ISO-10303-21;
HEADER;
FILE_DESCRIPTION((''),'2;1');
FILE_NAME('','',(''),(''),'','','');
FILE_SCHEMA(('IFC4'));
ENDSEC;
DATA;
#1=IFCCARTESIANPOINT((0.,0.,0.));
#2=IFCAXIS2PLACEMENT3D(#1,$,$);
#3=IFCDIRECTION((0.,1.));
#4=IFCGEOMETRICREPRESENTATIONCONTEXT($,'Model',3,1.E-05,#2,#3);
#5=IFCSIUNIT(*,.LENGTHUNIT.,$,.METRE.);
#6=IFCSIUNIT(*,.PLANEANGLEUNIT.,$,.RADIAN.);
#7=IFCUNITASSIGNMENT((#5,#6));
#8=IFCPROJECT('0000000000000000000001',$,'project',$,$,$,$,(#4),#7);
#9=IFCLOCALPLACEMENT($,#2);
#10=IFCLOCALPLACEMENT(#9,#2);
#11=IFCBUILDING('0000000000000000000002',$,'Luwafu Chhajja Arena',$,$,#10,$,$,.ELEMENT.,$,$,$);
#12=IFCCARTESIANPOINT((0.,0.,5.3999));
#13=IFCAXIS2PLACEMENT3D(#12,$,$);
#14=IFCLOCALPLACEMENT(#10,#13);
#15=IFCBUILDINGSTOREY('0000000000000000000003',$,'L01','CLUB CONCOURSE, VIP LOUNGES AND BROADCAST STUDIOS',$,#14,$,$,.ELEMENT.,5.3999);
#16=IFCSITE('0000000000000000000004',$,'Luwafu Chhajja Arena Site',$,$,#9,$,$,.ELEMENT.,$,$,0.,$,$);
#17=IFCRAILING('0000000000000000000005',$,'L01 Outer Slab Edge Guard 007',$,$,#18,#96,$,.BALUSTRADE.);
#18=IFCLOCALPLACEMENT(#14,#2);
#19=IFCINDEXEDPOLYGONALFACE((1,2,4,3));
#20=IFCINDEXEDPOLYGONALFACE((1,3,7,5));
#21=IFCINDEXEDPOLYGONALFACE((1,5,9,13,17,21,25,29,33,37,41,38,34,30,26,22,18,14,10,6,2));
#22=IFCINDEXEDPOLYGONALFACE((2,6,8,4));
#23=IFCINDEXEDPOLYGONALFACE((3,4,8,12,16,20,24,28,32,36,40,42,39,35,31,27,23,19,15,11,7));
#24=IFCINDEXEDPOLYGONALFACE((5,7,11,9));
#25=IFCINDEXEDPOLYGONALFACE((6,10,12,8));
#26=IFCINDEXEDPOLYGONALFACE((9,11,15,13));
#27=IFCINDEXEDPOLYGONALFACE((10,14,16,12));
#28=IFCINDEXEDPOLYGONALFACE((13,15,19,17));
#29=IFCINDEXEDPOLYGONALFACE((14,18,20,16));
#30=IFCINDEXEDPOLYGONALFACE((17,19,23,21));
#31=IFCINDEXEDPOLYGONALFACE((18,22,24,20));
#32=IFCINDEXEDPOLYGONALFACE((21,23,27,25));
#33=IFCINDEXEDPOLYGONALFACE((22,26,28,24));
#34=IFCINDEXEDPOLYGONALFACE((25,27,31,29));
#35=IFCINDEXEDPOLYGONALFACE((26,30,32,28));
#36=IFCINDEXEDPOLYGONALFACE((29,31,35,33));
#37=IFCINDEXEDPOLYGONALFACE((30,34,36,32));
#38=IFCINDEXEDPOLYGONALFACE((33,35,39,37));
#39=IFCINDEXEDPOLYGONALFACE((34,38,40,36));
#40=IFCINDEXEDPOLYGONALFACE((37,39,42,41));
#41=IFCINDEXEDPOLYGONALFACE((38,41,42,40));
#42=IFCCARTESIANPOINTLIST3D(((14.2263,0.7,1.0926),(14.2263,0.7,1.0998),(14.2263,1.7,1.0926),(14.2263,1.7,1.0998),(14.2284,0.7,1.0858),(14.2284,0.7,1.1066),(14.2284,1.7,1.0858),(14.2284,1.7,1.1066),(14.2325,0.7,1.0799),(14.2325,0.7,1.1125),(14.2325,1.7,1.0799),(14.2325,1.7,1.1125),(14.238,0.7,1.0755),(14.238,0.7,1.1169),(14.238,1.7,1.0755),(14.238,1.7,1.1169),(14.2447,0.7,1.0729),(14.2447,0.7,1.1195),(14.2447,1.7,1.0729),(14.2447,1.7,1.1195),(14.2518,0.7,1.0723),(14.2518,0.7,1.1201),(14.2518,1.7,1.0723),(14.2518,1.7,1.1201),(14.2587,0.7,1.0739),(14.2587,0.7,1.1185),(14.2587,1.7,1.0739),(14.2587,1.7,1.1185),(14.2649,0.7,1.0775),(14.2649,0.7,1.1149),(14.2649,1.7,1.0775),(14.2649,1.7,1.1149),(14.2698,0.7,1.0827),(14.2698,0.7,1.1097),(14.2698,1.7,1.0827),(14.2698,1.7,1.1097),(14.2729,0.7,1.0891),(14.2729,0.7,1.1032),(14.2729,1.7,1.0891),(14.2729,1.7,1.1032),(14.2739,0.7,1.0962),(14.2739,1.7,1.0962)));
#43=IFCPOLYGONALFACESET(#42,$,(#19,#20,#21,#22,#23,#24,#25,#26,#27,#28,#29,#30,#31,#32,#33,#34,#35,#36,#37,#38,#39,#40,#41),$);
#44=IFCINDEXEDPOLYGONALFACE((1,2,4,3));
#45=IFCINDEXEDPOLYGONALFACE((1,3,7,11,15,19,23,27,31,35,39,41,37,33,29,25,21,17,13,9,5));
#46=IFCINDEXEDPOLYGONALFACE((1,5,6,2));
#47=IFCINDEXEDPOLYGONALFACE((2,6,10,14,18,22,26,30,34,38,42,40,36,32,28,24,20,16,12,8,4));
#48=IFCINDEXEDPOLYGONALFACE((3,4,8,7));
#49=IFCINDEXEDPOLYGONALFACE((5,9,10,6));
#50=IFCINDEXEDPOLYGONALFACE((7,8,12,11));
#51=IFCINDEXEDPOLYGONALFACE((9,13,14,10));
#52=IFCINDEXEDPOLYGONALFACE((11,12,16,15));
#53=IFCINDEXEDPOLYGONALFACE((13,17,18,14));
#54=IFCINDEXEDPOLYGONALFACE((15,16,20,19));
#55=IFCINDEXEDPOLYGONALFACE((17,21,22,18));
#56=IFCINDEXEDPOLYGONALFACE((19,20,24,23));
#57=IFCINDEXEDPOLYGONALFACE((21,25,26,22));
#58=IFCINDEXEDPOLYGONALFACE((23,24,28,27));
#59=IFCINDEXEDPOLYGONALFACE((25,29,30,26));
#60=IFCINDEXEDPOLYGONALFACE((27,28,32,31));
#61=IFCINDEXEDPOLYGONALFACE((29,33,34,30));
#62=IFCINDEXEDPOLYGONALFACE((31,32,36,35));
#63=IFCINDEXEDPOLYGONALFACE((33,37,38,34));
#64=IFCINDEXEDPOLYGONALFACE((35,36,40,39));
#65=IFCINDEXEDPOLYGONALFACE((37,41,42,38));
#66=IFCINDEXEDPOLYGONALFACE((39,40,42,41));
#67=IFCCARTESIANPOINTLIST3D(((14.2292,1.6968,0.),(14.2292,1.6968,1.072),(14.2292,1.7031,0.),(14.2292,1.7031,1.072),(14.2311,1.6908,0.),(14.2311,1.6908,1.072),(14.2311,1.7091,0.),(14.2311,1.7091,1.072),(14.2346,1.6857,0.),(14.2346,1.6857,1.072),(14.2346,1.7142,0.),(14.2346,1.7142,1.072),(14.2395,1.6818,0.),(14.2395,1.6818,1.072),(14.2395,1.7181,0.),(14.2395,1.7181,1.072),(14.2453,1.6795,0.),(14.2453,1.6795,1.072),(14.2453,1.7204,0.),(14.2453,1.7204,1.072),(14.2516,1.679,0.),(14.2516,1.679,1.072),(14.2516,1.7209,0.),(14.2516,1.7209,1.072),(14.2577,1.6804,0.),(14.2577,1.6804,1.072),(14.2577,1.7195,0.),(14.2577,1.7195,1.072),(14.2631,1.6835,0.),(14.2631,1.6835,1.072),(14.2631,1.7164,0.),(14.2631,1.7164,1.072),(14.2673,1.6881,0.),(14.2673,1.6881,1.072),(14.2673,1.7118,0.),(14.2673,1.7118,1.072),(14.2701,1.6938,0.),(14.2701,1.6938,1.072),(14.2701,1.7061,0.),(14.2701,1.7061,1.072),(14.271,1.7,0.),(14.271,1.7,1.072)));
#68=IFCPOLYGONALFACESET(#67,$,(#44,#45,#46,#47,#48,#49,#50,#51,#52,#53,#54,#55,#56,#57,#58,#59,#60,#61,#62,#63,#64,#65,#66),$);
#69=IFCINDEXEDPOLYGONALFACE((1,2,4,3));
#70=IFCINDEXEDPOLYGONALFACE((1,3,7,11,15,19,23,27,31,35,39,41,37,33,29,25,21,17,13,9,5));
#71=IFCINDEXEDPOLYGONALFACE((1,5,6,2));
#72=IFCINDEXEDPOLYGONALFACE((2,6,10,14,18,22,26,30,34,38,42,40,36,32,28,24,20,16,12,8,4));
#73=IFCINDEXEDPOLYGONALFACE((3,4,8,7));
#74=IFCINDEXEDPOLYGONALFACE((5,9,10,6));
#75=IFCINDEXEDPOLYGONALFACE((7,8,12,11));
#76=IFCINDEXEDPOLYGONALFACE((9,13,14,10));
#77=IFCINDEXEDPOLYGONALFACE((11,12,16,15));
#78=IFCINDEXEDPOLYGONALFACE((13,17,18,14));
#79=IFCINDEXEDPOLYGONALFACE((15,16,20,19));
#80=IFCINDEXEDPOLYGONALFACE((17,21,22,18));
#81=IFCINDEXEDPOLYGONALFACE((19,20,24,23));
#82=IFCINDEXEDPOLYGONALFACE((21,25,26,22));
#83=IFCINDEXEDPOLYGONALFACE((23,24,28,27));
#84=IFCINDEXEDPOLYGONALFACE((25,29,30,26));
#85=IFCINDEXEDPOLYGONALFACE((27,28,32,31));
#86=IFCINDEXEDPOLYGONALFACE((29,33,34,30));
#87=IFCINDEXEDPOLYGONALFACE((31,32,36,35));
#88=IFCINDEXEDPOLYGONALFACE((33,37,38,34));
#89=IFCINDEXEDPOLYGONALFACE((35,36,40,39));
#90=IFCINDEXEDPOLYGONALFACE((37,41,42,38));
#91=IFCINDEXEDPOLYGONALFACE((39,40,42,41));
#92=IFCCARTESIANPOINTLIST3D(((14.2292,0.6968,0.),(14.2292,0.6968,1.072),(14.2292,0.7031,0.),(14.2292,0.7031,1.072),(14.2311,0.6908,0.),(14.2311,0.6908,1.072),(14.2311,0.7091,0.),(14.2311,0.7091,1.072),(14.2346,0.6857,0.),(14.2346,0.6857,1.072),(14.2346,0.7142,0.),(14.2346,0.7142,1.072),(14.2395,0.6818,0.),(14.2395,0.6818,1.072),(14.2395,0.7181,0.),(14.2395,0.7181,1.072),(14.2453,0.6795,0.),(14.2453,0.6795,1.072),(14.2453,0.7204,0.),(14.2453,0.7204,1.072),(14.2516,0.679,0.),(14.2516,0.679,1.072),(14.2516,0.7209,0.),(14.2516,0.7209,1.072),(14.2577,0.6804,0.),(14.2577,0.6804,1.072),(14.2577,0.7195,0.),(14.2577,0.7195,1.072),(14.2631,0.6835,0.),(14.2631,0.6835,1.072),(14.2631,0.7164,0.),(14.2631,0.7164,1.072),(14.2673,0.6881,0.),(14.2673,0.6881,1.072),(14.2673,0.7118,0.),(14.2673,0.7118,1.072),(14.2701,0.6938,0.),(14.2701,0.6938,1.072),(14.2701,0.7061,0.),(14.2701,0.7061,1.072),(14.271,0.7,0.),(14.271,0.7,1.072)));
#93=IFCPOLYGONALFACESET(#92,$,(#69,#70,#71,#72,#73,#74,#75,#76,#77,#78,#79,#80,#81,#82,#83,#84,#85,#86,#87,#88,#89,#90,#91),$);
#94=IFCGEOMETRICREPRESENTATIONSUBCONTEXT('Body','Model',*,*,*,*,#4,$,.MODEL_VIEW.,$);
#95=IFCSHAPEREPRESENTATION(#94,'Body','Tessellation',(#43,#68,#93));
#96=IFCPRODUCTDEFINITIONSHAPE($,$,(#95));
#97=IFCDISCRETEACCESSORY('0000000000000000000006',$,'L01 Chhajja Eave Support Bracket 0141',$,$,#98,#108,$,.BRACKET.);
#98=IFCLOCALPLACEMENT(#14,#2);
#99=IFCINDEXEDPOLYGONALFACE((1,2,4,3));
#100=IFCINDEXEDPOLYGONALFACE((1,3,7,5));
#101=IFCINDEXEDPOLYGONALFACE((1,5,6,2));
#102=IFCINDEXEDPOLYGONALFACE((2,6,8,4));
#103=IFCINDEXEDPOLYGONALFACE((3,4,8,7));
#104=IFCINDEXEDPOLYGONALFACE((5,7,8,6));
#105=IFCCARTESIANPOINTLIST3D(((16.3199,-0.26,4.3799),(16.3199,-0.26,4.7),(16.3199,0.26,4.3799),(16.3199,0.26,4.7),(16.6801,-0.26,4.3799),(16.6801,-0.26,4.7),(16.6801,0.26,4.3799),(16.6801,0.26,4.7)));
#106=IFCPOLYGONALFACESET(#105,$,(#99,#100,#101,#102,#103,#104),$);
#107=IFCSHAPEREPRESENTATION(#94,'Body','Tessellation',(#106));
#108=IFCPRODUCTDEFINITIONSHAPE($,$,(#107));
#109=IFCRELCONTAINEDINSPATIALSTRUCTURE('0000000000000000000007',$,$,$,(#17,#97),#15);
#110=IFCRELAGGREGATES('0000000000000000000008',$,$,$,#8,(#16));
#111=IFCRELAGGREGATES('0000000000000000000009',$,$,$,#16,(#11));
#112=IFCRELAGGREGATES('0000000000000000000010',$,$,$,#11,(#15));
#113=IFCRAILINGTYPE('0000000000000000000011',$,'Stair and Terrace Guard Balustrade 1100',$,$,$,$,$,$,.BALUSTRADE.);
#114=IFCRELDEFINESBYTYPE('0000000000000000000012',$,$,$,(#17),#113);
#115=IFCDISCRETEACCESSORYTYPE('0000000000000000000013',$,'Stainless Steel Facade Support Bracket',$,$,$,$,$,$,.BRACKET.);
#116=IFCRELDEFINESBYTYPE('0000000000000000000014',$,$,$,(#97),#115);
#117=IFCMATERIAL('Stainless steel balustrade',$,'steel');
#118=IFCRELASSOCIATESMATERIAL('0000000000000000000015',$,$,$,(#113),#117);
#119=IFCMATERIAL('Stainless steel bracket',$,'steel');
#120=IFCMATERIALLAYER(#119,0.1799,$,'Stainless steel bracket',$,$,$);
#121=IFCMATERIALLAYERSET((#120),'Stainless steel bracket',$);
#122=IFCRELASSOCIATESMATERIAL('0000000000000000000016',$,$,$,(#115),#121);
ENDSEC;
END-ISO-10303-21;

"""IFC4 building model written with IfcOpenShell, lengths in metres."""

from ifc_helpers import new_model, si_unit, direction, frame, origin, origin_2d, place, context, subcontext, project, spatial, rectangle, circle, extrude, material, layer, layer_set, type_object, element, save


model = new_model("IFC4")

# Units and contexts
model_context = context("Model", 3, precision=1e-05, world=origin(), true_north=direction((0.0, 1.0)))
body_context = subcontext(model_context, "Body", "Model", "MODEL_VIEW")
ifc_project = project(units=[si_unit("LENGTHUNIT", "METRE"), si_unit("PLANEANGLEUNIT", "RADIAN")], contexts=[model_context])

# Site, building, storey
site_placement = place(None, origin())
site = spatial("IfcSite", under=ifc_project, at=site_placement, Name="Luwafu Chhajja Arena Site", CompositionType="ELEMENT", RefElevation=0.0)
building_placement = place(site_placement, origin())
building = spatial("IfcBuilding", under=site, at=building_placement, Name="Luwafu Chhajja Arena", CompositionType="ELEMENT")
storey_placement = place(building_placement, frame((0.0, 0.0, 5.3999)))
storey = spatial("IfcBuildingStorey", under=building, at=storey_placement, Name="L01", Description="CLUB CONCOURSE, VIP LOUNGES AND BROADCAST STUDIOS", CompositionType="ELEMENT", Elevation=5.3999)

# Railing
ifc_material_1 = material(Name="Stainless steel balustrade", Category="steel")
railing_type = type_object("IfcRailingType", Name="Stair and Terrace Guard Balustrade 1100", PredefinedType="BALUSTRADE", material=ifc_material_1)
railing_placement = place(storey_placement, frame((14.25, 1.7, 0.0)))
element("IfcRailing", 1, at=railing_placement, inside=storey, type_object=railing_type, Name="L01 Outer Slab Edge Guard 007", PredefinedType="BALUSTRADE", context=body_context, shape_type="SweptSolid", body=[
    extrude(circle(Radius=0.0239, at=origin_2d()), frame((0.0, 0.0, 1.0962), z_axis=(0.0, -1.0, 0.0), x_axis=(1.0, 0.0, 0.0)), (0.0, 0.0, 1.0), 1.0),
    extrude(circle(Radius=0.021, at=origin_2d()), origin(), (0.0, 0.0, 1.0), 1.072),
    extrude(circle(Radius=0.021, at=origin_2d()), frame((0.0, -1.0, 0.0)), (0.0, 0.0, 1.0), 1.072),
])

# Discrete accessory
ifc_material_2 = material(Name="Stainless steel bracket", Category="steel")
ifc_layer_1 = layer(ifc_material_2, 0.1799, Name="Stainless steel bracket")
ifc_layer_set_1 = layer_set([ifc_layer_1], Name="Stainless steel bracket")
discrete_accessory_type = type_object("IfcDiscreteAccessoryType", Name="Stainless Steel Facade Support Bracket", PredefinedType="BRACKET", material=ifc_layer_set_1)
discrete_accessory_placement = place(storey_placement, frame((16.5, 0.0, 4.3799), z_axis=(0.0, 0.0, 1.0), x_axis=(1.0, 0.0, 0.0)))
element("IfcDiscreteAccessory", 2, at=discrete_accessory_placement, inside=storey, type_object=discrete_accessory_type, Name="L01 Chhajja Eave Support Bracket 0141", PredefinedType="BRACKET", context=body_context, shape_type="SweptSolid", body=[
    extrude(rectangle(XDim=0.3601, YDim=0.52, at=origin_2d()), origin(), (0.0, 0.0, 1.0), 0.3201),
])

save(model, "model.ifc")
